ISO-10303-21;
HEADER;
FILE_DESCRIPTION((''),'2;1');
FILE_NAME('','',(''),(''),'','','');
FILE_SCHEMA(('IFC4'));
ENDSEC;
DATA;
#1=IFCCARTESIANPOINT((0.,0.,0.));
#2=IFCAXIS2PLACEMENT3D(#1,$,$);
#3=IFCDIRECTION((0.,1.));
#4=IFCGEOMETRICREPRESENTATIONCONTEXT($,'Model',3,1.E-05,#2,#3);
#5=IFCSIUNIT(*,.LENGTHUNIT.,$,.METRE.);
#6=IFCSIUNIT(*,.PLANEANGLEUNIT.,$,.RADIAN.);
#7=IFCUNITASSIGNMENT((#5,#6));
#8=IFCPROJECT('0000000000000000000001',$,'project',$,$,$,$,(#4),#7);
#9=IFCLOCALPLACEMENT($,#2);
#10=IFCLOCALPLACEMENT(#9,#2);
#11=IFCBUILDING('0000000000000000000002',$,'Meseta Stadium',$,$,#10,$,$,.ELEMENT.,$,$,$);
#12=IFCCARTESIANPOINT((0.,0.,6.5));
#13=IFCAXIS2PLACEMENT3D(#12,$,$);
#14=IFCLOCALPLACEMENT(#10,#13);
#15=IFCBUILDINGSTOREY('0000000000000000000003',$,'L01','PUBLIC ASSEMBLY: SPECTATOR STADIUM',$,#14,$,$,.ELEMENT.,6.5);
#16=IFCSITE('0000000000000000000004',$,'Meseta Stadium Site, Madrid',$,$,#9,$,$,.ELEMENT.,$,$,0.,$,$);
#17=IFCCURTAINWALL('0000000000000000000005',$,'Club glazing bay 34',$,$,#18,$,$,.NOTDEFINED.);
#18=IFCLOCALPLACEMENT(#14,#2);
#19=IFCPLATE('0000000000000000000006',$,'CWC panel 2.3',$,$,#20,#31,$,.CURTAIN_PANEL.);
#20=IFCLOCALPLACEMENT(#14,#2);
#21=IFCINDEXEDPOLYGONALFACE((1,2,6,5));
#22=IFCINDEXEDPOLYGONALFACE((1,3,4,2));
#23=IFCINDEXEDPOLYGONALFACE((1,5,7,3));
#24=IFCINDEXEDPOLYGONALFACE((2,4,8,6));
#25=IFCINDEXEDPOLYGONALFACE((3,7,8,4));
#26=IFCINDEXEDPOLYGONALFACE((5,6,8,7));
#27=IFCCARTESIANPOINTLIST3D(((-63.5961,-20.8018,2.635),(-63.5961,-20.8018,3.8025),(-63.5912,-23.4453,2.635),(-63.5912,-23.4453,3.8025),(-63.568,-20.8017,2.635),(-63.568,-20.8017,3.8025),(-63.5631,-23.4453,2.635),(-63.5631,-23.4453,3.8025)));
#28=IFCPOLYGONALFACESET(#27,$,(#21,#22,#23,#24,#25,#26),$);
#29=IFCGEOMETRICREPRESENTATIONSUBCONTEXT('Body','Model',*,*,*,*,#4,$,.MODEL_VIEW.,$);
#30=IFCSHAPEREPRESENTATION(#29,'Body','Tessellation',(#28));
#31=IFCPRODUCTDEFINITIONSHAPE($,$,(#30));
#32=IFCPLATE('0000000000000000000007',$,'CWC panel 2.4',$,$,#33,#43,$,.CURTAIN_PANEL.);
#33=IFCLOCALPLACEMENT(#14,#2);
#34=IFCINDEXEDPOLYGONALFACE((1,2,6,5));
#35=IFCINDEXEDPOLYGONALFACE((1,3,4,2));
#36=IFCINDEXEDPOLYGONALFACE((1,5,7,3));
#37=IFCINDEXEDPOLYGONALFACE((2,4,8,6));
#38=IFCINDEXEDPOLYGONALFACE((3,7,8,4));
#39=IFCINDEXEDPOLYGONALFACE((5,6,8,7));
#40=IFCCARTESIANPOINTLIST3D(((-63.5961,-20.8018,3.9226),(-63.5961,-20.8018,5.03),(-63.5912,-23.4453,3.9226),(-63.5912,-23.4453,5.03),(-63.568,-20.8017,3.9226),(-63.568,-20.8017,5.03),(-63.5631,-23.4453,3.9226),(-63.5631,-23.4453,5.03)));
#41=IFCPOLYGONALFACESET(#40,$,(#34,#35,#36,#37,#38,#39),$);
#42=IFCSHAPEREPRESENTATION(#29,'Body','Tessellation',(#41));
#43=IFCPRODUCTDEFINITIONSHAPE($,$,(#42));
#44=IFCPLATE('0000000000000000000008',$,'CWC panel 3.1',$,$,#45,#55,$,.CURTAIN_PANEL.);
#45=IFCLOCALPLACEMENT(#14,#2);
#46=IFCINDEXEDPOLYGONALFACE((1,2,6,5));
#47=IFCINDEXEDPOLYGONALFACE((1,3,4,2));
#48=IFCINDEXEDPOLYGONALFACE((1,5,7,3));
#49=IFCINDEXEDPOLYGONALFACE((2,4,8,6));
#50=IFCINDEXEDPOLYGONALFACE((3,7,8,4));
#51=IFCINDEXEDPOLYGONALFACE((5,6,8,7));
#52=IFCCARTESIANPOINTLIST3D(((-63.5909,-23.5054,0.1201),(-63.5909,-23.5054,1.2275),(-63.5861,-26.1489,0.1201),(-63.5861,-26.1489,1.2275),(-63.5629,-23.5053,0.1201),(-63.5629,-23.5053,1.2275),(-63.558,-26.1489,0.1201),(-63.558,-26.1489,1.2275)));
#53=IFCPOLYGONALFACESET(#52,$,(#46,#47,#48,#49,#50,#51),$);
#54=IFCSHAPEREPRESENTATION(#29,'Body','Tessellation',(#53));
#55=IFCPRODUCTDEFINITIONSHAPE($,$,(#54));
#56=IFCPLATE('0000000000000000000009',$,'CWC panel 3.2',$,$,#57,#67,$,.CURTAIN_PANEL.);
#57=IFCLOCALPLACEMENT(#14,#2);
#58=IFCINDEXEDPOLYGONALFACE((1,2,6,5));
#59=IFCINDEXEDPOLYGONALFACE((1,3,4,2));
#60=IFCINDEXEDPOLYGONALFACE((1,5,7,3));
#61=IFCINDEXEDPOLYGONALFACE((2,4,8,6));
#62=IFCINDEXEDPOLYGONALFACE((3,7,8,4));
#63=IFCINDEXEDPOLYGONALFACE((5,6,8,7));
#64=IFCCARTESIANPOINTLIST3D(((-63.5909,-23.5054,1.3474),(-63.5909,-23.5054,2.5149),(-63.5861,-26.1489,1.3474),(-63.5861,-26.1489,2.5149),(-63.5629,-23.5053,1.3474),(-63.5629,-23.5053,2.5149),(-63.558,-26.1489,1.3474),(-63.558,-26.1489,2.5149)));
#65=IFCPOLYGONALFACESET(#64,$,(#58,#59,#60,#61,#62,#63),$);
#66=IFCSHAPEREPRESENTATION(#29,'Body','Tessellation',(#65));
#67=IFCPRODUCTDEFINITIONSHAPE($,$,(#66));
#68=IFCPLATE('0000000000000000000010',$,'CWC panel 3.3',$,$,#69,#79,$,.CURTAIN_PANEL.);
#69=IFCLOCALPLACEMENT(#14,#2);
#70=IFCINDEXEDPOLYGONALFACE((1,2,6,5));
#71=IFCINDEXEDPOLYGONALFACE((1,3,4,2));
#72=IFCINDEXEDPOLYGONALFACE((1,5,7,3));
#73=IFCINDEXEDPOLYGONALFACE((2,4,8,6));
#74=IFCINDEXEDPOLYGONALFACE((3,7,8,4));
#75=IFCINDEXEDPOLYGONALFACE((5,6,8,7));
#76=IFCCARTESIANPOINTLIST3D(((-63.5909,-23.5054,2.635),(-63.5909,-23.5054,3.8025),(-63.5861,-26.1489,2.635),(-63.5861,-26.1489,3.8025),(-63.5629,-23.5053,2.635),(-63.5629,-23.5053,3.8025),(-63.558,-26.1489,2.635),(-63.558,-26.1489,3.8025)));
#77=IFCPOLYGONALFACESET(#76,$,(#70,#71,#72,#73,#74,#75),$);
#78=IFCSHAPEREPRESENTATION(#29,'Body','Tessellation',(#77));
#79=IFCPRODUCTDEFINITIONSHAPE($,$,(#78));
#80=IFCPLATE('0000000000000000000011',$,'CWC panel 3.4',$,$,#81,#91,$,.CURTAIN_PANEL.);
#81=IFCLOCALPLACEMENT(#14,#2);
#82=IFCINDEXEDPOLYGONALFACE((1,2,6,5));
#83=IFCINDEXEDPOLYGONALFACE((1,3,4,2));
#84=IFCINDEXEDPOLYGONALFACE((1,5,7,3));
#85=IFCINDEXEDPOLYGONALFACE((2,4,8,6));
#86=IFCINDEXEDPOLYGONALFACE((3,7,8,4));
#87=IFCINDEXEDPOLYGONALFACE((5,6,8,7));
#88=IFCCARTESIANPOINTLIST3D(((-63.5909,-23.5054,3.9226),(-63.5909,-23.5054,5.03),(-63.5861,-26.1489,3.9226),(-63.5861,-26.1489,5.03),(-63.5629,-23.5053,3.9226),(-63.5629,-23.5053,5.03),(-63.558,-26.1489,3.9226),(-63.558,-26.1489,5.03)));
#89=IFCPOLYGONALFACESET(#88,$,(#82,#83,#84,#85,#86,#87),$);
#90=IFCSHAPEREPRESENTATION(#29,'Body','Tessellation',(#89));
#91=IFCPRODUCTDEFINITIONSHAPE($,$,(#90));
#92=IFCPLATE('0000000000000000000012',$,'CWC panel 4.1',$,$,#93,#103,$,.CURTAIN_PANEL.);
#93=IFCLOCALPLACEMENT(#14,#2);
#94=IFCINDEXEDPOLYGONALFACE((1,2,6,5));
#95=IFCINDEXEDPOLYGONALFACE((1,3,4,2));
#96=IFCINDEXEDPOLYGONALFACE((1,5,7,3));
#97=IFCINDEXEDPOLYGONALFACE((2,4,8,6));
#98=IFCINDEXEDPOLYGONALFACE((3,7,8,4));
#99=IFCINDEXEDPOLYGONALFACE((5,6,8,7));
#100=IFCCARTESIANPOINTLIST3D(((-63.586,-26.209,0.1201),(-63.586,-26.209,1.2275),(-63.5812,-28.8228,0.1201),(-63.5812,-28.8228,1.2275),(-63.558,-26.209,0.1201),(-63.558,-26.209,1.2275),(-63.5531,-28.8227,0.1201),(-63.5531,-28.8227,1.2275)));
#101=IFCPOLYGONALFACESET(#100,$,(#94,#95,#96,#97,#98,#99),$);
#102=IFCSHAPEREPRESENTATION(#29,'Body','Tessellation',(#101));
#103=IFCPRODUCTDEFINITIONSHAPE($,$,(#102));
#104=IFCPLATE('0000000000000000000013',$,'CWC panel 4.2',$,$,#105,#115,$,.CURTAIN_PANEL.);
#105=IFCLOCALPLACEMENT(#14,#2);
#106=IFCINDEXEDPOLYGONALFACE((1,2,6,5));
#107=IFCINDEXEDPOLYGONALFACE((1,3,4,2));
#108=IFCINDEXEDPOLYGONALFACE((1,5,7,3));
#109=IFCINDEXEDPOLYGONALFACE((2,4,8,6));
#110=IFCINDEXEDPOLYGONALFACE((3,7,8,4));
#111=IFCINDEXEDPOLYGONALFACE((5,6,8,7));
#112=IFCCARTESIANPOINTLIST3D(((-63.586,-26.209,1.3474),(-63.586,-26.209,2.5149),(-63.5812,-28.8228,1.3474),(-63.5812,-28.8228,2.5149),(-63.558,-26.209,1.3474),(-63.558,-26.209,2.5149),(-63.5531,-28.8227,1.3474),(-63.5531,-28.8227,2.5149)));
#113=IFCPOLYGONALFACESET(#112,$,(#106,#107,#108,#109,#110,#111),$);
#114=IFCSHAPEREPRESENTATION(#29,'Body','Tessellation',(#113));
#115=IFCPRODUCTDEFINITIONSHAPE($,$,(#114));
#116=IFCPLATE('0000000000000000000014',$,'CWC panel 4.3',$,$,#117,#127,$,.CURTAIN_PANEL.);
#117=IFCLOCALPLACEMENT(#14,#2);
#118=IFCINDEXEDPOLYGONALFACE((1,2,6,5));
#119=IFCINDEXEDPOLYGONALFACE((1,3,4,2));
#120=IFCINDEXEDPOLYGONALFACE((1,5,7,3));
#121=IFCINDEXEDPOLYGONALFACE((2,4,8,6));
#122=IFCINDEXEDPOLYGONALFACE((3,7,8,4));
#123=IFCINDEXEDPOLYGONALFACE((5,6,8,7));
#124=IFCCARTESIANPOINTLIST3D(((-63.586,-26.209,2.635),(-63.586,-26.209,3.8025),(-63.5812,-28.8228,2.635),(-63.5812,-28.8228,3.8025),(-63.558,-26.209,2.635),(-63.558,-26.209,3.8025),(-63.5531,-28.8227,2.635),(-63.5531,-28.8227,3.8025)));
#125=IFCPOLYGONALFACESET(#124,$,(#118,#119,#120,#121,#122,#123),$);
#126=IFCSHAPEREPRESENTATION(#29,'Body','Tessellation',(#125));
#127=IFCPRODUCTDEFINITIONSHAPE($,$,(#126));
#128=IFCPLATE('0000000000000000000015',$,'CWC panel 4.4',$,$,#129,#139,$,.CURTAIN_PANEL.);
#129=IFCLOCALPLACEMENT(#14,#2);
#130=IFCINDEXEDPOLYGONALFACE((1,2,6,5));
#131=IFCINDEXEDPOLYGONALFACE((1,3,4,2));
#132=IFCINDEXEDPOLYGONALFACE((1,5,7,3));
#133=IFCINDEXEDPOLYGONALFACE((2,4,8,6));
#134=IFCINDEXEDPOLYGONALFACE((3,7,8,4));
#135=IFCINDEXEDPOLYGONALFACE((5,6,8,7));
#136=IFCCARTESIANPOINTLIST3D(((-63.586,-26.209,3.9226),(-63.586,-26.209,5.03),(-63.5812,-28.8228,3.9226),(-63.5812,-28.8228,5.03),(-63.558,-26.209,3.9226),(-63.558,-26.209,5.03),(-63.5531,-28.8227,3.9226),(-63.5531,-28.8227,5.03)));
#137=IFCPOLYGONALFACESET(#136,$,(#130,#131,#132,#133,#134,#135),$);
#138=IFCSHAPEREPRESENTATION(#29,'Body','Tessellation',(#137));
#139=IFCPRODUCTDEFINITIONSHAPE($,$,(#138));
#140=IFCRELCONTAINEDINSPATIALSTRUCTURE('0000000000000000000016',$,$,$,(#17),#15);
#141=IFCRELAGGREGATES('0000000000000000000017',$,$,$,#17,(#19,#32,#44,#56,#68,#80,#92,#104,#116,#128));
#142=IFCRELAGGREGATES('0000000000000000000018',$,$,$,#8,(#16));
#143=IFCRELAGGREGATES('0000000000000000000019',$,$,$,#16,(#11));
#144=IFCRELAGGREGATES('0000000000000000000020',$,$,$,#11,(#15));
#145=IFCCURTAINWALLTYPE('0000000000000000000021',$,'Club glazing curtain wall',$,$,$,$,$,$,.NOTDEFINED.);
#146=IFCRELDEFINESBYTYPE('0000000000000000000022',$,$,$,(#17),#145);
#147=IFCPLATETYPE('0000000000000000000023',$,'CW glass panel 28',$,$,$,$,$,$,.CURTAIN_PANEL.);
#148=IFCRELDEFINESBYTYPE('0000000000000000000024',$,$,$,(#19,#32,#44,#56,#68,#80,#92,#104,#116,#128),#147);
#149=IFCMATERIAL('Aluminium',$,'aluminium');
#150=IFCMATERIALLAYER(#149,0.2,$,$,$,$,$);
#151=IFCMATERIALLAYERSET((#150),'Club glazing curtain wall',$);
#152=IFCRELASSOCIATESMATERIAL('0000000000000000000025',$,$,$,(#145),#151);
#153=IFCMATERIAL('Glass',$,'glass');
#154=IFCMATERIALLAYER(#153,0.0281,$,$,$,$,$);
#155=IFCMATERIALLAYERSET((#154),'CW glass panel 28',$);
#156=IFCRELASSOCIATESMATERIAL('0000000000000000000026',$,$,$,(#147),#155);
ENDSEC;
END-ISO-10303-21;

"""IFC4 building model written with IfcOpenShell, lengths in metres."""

from ifc_helpers import new_model, si_unit, direction, frame, origin, origin_2d, place, context, subcontext, project, spatial, rectangle, extrude, material, layer, layer_set, type_object, element, aggregate, save


model = new_model("IFC4")

# Units and contexts
model_context = context("Model", 3, precision=1e-05, world=origin(), true_north=direction((0.0, 1.0)))
body_context = subcontext(model_context, "Body", "Model", "MODEL_VIEW")
ifc_project = project(units=[si_unit("LENGTHUNIT", "METRE"), si_unit("PLANEANGLEUNIT", "RADIAN")], contexts=[model_context])

# Site, building, storey
site_placement = place(None, origin())
site = spatial("IfcSite", under=ifc_project, at=site_placement, Name="Meseta Stadium Site, Madrid", CompositionType="ELEMENT", RefElevation=0.0)
building_placement = place(site_placement, origin())
building = spatial("IfcBuilding", under=site, at=building_placement, Name="Meseta Stadium", CompositionType="ELEMENT")
storey_placement = place(building_placement, frame((0.0, 0.0, 6.5)))
storey = spatial("IfcBuildingStorey", under=building, at=storey_placement, Name="L01", Description="PUBLIC ASSEMBLY: SPECTATOR STADIUM", CompositionType="ELEMENT", Elevation=6.5)

# Curtain wall
ifc_material_1 = material(Name="Aluminium", Category="aluminium")
ifc_layer_1 = layer(ifc_material_1, 0.2)
ifc_layer_set_1 = layer_set([ifc_layer_1], Name="Club glazing curtain wall")
curtain_wall_type = type_object("IfcCurtainWallType", Name="Club glazing curtain wall", PredefinedType="NOTDEFINED", material=ifc_layer_set_1)
curtain_wall_1_placement = place(storey_placement, origin())
curtain_wall_1 = element("IfcCurtainWall", 1, at=curtain_wall_1_placement, inside=storey, type_object=curtain_wall_type, Name="Club glazing bay 34", PredefinedType="NOTDEFINED")

# Plates
ifc_material_2 = material(Name="Glass", Category="glass")
ifc_layer_2 = layer(ifc_material_2, 0.0281)
ifc_layer_set_2 = layer_set([ifc_layer_2], Name="CW glass panel 28")
plate_type = type_object("IfcPlateType", Name="CW glass panel 28", PredefinedType="CURTAIN_PANEL", material=ifc_layer_set_2)
plate_1_placement = place(storey_placement, frame((-63.5796, -22.1235, 2.635), z_axis=(0.0, 0.0, 1.0), x_axis=(0.001845, -0.999998, 0.0)))
plate_1 = element("IfcPlate", 2, at=plate_1_placement, type_object=plate_type, Name="CWC panel 2.3", PredefinedType="CURTAIN_PANEL", context=body_context, shape_type="SweptSolid", body=[
    extrude(rectangle(XDim=2.6436, YDim=0.0281, at=origin_2d()), origin(), (0.0, 0.0, 1.0), 1.1675),
])
plate_2_placement = place(storey_placement, frame((-63.5796, -22.1235, 3.9226), z_axis=(0.0, 0.0, 1.0), x_axis=(0.001845, -0.999998, 0.0)))
plate_2 = element("IfcPlate", 3, at=plate_2_placement, type_object=plate_type, Name="CWC panel 2.4", PredefinedType="CURTAIN_PANEL", context=body_context, shape_type="SweptSolid", body=[
    extrude(rectangle(XDim=2.6436, YDim=0.0281, at=origin_2d()), origin(), (0.0, 0.0, 1.0), 1.1074),
])
plate_3_placement = place(storey_placement, frame((-63.5745, -24.8271, 0.1201), z_axis=(0.0, 0.0, 1.0), x_axis=(0.001845, -0.999998, 0.0)))
plate_3 = element("IfcPlate", 4, at=plate_3_placement, type_object=plate_type, Name="CWC panel 3.1", PredefinedType="CURTAIN_PANEL", context=body_context, shape_type="SweptSolid", body=[
    extrude(rectangle(XDim=2.6436, YDim=0.0281, at=origin_2d()), origin(), (0.0, 0.0, 1.0), 1.1074),
])
plate_4_placement = place(storey_placement, frame((-63.5745, -24.8271, 1.3474), z_axis=(0.0, 0.0, 1.0), x_axis=(0.001845, -0.999998, 0.0)))
plate_4 = element("IfcPlate", 5, at=plate_4_placement, type_object=plate_type, Name="CWC panel 3.2", PredefinedType="CURTAIN_PANEL", context=body_context, shape_type="SweptSolid", body=[
    extrude(rectangle(XDim=2.6436, YDim=0.0281, at=origin_2d()), origin(), (0.0, 0.0, 1.0), 1.1675),
])
plate_5_placement = place(storey_placement, frame((-63.5745, -24.8271, 2.635), z_axis=(0.0, 0.0, 1.0), x_axis=(0.001845, -0.999998, 0.0)))
plate_5 = element("IfcPlate", 6, at=plate_5_placement, type_object=plate_type, Name="CWC panel 3.3", PredefinedType="CURTAIN_PANEL", context=body_context, shape_type="SweptSolid", body=[
    extrude(rectangle(XDim=2.6436, YDim=0.0281, at=origin_2d()), origin(), (0.0, 0.0, 1.0), 1.1675),
])
plate_6_placement = place(storey_placement, frame((-63.5745, -24.8271, 3.9226), z_axis=(0.0, 0.0, 1.0), x_axis=(0.001845, -0.999998, 0.0)))
plate_6 = element("IfcPlate", 7, at=plate_6_placement, type_object=plate_type, Name="CWC panel 3.4", PredefinedType="CURTAIN_PANEL", context=body_context, shape_type="SweptSolid", body=[
    extrude(rectangle(XDim=2.6436, YDim=0.0281, at=origin_2d()), origin(), (0.0, 0.0, 1.0), 1.1074),
])
plate_7_placement = place(storey_placement, frame((-63.5696, -27.5159, 0.1201), z_axis=(0.0, 0.0, 1.0), x_axis=(0.001845, -0.999998, 0.0)))
plate_7 = element("IfcPlate", 8, at=plate_7_placement, type_object=plate_type, Name="CWC panel 4.1", PredefinedType="CURTAIN_PANEL", context=body_context, shape_type="SweptSolid", body=[
    extrude(rectangle(XDim=2.6138, YDim=0.0281, at=origin_2d()), origin(), (0.0, 0.0, 1.0), 1.1074),
])
plate_8_placement = place(storey_placement, frame((-63.5696, -27.5159, 1.3474), z_axis=(0.0, 0.0, 1.0), x_axis=(0.001845, -0.999998, 0.0)))
plate_8 = element("IfcPlate", 9, at=plate_8_placement, type_object=plate_type, Name="CWC panel 4.2", PredefinedType="CURTAIN_PANEL", context=body_context, shape_type="SweptSolid", body=[
    extrude(rectangle(XDim=2.6138, YDim=0.0281, at=origin_2d()), origin(), (0.0, 0.0, 1.0), 1.1675),
])
plate_9_placement = place(storey_placement, frame((-63.5696, -27.5159, 2.635), z_axis=(0.0, 0.0, 1.0), x_axis=(0.001845, -0.999998, 0.0)))
plate_9 = element("IfcPlate", 10, at=plate_9_placement, type_object=plate_type, Name="CWC panel 4.3", PredefinedType="CURTAIN_PANEL", context=body_context, shape_type="SweptSolid", body=[
    extrude(rectangle(XDim=2.6138, YDim=0.0281, at=origin_2d()), origin(), (0.0, 0.0, 1.0), 1.1675),
])
plate_10_placement = place(storey_placement, frame((-63.5696, -27.5159, 3.9226), z_axis=(0.0, 0.0, 1.0), x_axis=(0.001845, -0.999998, 0.0)))
plate_10 = element("IfcPlate", 11, at=plate_10_placement, type_object=plate_type, Name="CWC panel 4.4", PredefinedType="CURTAIN_PANEL", context=body_context, shape_type="SweptSolid", body=[
    extrude(rectangle(XDim=2.6138, YDim=0.0281, at=origin_2d()), origin(), (0.0, 0.0, 1.0), 1.1074),
])
aggregate(curtain_wall_1, [plate_1, plate_2, plate_3, plate_4, plate_5, plate_6, plate_7, plate_8, plate_9, plate_10])

save(model, "model.ifc")
